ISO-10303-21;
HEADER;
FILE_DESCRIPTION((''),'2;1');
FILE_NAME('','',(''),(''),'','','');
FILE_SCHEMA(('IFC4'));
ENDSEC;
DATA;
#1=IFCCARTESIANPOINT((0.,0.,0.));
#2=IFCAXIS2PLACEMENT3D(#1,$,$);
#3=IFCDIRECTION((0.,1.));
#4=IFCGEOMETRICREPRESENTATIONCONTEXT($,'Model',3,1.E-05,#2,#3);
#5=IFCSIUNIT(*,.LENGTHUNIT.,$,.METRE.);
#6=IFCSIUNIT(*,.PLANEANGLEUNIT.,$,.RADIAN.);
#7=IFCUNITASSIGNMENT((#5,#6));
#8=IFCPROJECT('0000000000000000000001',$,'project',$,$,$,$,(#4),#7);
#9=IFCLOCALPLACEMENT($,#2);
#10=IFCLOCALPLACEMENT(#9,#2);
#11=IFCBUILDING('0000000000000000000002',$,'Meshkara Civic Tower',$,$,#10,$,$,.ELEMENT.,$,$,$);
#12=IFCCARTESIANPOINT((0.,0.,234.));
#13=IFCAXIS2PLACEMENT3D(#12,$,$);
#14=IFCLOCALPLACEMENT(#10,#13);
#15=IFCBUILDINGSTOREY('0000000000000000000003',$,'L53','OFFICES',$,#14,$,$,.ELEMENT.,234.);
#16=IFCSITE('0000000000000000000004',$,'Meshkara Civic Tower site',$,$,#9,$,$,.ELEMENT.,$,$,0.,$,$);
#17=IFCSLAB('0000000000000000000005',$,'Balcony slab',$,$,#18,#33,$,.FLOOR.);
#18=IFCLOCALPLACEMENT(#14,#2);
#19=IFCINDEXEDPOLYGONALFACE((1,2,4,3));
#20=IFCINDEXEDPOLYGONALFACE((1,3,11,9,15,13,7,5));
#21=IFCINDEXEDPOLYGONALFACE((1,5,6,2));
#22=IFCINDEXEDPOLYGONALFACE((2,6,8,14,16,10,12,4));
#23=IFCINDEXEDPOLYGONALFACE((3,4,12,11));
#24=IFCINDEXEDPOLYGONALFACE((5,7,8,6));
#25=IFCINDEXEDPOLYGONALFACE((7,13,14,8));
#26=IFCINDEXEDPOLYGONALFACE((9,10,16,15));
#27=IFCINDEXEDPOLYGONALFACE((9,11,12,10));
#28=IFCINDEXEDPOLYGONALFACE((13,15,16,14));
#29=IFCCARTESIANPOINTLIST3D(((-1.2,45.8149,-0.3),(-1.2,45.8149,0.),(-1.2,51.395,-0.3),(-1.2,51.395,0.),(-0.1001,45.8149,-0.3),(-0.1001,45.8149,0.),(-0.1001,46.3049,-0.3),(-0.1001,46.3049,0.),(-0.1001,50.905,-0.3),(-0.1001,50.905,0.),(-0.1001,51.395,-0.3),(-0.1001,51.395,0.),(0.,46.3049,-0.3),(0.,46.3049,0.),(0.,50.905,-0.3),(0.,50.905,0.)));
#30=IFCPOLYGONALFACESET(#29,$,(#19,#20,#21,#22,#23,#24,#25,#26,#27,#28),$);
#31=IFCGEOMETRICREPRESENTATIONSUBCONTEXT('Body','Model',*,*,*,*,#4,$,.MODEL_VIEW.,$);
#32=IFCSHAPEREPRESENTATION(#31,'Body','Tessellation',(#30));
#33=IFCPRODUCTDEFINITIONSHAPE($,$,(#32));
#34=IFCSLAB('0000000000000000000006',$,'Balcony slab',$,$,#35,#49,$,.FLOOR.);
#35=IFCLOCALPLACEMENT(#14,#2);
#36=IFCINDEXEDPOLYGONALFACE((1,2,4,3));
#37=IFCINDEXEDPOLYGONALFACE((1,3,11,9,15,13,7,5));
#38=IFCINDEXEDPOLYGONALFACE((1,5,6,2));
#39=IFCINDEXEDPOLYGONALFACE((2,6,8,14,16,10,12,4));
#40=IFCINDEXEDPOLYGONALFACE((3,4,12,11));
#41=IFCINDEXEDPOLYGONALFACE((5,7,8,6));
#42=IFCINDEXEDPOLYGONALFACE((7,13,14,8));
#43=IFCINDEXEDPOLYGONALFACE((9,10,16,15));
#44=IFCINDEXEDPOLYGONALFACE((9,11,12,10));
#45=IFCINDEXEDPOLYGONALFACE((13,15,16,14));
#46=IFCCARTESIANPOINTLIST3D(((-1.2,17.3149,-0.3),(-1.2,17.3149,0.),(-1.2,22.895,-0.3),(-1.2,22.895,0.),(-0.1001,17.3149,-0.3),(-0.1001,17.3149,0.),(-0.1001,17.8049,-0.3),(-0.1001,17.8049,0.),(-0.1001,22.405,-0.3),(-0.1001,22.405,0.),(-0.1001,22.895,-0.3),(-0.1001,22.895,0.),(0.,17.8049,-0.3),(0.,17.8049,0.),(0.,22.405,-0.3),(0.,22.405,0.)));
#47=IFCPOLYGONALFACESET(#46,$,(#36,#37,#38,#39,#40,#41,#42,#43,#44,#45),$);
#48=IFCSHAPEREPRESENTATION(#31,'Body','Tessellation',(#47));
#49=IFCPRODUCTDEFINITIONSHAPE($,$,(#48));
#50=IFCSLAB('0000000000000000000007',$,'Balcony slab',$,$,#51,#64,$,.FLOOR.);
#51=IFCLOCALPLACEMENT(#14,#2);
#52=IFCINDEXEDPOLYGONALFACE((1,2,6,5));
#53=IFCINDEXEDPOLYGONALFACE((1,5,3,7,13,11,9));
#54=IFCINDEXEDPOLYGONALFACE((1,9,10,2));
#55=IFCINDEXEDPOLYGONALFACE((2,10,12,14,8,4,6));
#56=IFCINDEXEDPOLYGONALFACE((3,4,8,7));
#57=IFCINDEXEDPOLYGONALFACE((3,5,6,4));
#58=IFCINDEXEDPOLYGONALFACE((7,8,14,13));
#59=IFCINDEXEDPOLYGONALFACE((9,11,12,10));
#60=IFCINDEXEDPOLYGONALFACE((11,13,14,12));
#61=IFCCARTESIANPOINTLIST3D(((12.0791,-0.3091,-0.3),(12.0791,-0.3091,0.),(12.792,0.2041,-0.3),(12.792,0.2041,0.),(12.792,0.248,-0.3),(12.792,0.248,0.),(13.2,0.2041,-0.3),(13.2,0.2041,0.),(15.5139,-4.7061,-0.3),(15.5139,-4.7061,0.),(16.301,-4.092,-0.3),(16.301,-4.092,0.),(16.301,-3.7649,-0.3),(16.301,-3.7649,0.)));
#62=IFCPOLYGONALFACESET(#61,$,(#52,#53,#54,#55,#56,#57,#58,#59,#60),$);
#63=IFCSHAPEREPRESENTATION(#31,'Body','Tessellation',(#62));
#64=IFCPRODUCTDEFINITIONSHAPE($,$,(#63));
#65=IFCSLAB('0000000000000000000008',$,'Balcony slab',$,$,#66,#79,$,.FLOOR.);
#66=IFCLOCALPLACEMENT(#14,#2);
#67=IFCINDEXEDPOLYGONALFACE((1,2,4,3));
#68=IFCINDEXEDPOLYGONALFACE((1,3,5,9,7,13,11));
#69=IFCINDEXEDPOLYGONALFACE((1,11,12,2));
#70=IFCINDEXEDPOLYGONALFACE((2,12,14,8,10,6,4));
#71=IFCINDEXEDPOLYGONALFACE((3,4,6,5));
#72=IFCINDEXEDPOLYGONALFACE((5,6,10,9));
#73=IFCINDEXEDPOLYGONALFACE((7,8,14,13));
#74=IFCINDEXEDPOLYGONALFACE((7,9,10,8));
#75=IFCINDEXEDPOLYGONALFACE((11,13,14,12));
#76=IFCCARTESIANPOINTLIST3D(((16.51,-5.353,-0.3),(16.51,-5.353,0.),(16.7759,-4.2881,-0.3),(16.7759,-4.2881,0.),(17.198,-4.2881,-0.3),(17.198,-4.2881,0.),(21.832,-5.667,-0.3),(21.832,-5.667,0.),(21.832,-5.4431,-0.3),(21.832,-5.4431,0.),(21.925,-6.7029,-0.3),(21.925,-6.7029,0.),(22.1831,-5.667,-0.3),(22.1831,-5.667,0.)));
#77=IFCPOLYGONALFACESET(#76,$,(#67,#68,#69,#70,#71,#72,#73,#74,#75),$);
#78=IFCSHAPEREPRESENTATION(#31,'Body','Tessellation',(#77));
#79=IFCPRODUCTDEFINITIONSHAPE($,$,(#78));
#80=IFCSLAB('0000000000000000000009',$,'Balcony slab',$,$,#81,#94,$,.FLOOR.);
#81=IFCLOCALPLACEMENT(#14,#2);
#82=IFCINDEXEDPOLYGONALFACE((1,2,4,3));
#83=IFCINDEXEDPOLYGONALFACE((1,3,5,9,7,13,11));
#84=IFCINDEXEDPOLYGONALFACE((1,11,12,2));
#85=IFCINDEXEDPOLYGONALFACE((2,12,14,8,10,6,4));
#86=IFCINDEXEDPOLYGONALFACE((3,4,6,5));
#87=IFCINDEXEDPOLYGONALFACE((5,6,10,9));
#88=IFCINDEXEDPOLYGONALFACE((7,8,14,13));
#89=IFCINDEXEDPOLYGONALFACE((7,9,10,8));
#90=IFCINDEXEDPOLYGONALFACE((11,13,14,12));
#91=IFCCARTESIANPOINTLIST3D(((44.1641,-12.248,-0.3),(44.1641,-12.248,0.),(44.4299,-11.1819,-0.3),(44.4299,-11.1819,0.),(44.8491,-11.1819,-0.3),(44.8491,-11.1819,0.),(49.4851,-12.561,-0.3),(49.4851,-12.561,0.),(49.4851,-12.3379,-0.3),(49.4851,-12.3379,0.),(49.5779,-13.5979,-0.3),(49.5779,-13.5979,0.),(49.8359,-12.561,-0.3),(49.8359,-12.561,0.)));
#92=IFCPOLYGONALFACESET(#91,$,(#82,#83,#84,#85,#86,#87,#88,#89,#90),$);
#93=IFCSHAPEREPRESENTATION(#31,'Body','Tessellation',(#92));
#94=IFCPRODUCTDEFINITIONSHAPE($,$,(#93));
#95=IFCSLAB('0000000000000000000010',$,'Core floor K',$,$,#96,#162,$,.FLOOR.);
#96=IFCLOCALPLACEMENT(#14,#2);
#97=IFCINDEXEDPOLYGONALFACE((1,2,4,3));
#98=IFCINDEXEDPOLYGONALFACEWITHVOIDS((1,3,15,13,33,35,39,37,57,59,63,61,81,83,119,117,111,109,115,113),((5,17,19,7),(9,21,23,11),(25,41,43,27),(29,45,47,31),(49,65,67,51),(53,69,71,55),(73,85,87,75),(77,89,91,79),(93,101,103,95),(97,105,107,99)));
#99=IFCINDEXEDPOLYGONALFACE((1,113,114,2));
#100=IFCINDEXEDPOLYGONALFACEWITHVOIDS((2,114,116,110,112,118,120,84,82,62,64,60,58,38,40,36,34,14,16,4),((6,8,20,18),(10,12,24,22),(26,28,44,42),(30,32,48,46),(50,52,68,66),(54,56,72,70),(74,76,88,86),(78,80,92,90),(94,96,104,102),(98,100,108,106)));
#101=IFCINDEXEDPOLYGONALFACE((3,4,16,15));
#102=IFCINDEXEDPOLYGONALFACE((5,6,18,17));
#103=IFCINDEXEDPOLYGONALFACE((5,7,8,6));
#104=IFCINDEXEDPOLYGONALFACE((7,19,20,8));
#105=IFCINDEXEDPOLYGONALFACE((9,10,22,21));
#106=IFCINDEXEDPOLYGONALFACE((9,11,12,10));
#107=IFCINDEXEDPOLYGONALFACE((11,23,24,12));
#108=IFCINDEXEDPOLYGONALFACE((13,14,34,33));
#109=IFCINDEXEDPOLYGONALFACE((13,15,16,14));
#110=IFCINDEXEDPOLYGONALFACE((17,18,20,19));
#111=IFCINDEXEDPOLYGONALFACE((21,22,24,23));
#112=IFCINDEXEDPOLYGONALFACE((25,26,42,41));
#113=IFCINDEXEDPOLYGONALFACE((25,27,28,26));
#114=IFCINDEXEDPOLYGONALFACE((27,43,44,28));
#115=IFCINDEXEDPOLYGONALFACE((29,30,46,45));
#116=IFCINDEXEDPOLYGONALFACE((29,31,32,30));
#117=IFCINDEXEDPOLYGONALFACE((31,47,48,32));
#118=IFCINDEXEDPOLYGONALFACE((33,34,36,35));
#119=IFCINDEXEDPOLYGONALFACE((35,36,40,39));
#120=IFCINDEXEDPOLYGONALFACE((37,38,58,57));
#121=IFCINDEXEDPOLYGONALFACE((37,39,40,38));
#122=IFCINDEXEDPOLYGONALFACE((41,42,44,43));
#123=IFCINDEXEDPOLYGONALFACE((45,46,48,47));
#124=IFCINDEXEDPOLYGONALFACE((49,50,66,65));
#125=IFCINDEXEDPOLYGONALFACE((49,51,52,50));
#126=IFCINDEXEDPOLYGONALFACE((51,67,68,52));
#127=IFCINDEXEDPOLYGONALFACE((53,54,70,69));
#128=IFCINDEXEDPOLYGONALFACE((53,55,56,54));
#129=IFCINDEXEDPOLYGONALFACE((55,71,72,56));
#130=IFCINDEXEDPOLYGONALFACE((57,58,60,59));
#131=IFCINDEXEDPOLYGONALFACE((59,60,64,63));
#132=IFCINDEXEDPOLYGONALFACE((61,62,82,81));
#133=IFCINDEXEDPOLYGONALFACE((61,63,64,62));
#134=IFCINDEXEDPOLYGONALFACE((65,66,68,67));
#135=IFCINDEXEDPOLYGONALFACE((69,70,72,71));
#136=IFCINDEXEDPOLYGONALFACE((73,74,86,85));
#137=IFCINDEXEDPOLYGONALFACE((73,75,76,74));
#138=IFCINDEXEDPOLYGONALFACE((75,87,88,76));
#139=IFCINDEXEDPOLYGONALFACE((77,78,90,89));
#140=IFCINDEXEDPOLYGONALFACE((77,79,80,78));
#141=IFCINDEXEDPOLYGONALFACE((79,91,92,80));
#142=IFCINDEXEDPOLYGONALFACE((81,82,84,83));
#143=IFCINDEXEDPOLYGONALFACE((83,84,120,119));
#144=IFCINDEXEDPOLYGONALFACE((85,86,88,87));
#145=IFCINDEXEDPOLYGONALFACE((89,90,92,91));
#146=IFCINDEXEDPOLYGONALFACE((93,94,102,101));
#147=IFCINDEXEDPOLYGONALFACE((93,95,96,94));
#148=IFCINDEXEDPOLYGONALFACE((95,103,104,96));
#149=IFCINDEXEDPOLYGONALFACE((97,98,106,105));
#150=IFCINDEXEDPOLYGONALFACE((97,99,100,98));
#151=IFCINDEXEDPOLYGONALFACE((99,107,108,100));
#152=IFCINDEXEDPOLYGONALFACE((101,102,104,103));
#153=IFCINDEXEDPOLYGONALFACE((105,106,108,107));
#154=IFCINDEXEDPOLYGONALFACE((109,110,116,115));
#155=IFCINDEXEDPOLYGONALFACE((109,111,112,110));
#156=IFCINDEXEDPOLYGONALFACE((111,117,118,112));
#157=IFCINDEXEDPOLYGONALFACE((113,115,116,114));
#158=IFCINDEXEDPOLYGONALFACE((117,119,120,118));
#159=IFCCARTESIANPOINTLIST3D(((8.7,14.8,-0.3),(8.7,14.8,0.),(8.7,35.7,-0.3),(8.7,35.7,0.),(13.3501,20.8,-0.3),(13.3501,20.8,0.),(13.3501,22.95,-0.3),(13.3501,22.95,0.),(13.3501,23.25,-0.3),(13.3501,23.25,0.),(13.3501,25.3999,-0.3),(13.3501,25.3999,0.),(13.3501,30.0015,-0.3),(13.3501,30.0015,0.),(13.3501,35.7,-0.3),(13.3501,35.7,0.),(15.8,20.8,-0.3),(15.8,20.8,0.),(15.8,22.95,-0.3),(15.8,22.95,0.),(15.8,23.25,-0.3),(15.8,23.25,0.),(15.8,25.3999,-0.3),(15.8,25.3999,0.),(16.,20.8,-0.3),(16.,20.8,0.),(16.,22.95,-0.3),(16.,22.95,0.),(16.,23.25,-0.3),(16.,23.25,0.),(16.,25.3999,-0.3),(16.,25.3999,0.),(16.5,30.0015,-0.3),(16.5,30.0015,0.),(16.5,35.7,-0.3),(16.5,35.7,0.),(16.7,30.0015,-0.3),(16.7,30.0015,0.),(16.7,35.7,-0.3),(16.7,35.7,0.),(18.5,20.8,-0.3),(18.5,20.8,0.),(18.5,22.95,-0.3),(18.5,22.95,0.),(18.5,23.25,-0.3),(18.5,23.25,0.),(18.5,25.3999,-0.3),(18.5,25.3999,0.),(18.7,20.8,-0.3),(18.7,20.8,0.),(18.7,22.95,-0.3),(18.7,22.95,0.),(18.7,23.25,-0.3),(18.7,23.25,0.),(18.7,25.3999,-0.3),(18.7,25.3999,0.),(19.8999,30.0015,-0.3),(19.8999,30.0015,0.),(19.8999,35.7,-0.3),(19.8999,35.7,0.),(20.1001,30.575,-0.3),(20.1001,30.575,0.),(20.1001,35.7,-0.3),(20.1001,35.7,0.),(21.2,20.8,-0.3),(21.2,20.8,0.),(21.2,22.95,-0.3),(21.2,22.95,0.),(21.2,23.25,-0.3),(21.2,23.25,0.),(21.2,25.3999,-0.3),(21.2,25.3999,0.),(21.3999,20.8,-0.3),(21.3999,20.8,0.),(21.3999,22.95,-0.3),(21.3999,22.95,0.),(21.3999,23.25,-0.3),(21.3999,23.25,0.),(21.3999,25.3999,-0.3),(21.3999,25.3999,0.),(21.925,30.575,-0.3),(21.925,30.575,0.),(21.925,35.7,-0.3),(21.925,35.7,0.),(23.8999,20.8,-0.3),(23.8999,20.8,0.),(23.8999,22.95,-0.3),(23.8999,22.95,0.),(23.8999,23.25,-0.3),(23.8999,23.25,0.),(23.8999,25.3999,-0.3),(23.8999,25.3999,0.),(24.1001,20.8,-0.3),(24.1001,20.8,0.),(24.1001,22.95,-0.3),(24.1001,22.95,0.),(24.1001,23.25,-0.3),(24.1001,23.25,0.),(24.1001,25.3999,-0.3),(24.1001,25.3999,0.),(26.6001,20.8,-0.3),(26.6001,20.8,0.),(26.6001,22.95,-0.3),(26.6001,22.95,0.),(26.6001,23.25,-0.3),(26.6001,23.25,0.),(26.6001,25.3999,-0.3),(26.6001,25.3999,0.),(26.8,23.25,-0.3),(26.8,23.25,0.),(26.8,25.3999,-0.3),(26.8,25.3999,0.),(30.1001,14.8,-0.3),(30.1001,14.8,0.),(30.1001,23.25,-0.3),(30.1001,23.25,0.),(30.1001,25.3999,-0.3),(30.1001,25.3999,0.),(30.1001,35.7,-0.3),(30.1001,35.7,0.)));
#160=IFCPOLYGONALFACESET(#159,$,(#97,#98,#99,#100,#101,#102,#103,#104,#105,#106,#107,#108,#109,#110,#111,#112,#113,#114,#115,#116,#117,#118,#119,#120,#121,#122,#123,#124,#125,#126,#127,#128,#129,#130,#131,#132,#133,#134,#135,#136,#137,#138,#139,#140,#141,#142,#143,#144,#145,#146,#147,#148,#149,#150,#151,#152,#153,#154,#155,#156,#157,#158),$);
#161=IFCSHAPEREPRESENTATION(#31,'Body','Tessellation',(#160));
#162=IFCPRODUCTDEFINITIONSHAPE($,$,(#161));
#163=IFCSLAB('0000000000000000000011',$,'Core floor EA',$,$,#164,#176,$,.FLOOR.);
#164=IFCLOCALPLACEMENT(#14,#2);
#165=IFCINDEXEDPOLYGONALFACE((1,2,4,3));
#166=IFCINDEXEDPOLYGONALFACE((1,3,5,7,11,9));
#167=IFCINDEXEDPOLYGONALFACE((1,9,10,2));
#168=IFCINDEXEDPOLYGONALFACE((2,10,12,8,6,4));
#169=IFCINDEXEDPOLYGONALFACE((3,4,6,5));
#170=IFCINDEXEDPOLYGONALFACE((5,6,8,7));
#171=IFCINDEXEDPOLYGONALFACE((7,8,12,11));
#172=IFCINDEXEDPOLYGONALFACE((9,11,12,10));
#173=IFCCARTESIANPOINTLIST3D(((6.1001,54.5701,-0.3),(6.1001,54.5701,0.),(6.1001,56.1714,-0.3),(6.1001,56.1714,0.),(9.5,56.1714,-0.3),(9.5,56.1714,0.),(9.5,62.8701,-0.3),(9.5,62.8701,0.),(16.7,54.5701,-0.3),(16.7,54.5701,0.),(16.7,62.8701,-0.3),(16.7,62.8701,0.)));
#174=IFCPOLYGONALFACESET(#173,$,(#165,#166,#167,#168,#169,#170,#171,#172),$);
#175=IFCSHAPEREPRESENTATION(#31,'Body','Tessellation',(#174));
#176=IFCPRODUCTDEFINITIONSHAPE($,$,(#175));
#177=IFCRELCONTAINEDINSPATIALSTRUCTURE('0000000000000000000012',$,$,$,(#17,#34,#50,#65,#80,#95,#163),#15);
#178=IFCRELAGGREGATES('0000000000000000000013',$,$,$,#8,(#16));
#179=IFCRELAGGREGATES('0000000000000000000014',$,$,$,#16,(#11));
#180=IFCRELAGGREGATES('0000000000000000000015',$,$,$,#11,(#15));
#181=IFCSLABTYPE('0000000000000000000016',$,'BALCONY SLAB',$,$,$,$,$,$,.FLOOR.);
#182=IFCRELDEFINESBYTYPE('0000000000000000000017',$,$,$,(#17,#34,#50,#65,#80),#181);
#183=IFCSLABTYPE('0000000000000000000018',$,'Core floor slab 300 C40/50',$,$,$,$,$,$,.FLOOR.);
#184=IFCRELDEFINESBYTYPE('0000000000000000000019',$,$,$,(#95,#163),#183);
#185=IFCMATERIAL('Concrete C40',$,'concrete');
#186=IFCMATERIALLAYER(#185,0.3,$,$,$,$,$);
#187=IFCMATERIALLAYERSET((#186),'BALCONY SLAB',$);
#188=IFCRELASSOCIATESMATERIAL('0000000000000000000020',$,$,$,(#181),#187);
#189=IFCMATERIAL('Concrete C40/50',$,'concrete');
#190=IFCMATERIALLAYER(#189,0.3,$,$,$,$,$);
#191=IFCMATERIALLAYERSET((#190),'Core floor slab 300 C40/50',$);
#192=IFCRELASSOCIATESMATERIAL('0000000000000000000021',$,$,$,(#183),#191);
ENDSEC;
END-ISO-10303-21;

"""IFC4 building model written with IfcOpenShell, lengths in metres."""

from ifc_helpers import new_model, si_unit, direction, frame, origin, place, context, subcontext, project, spatial, polyline, outline, extrude, material, layer, layer_set, type_object, element, save


model = new_model("IFC4")

# Units and contexts
model_context = context("Model", 3, precision=1e-05, world=origin(), true_north=direction((0.0, 1.0)))
body_context = subcontext(model_context, "Body", "Model", "MODEL_VIEW")
ifc_project = project(units=[si_unit("LENGTHUNIT", "METRE"), si_unit("PLANEANGLEUNIT", "RADIAN")], contexts=[model_context])

# Site, building, storey
site_placement = place(None, origin())
site = spatial("IfcSite", under=ifc_project, at=site_placement, Name="Meshkara Civic Tower site", CompositionType="ELEMENT", RefElevation=0.0)
building_placement = place(site_placement, origin())
building = spatial("IfcBuilding", under=site, at=building_placement, Name="Meshkara Civic Tower", CompositionType="ELEMENT")
storey_placement = place(building_placement, frame((0.0, 0.0, 234.0)))
storey = spatial("IfcBuildingStorey", under=building, at=storey_placement, Name="L53", Description="OFFICES", CompositionType="ELEMENT", Elevation=234.0)

# Slabs
ifc_material_1 = material(Name="Concrete C40", Category="concrete")
ifc_layer_1 = layer(ifc_material_1, 0.3)
ifc_layer_set_1 = layer_set([ifc_layer_1], Name="BALCONY SLAB")
slab_type_1 = type_object("IfcSlabType", Name="BALCONY SLAB", PredefinedType="FLOOR", material=ifc_layer_set_1)
slab_1_placement = place(storey_placement, frame((0.0, 0.0, -0.3)))
element("IfcSlab", 1, at=slab_1_placement, inside=storey, type_object=slab_type_1, Name="Balcony slab", PredefinedType="FLOOR", context=body_context, shape_type="SweptSolid", body=[
    extrude(outline(polyline([(-1.2, 45.8149), (-1.2, 51.395), (-0.1001, 51.395), (-0.1001, 50.905), (0.0, 50.905), (0.0, 46.3049), (-0.1001, 46.3049), (-0.1001, 45.8149), (-1.2, 45.8149)])), origin(), (0.0, 0.0, 1.0), 0.3),
])
slab_2_placement = place(storey_placement, frame((0.0, 0.0, -0.3)))
element("IfcSlab", 2, at=slab_2_placement, inside=storey, type_object=slab_type_1, Name="Balcony slab", PredefinedType="FLOOR", context=body_context, shape_type="SweptSolid", body=[
    extrude(outline(polyline([(-1.2, 17.3149), (-1.2, 22.895), (-0.1001, 22.895), (-0.1001, 22.405), (0.0, 22.405), (0.0, 17.8049), (-0.1001, 17.8049), (-0.1001, 17.3149), (-1.2, 17.3149)])), origin(), (0.0, 0.0, 1.0), 0.3),
])
slab_3_placement = place(storey_placement, frame((0.0, 0.0, -0.3)))
element("IfcSlab", 3, at=slab_3_placement, inside=storey, type_object=slab_type_1, Name="Balcony slab", PredefinedType="FLOOR", context=body_context, shape_type="SweptSolid", body=[
    extrude(outline(polyline([(15.5139, -4.7061), (12.0791, -0.3091), (12.792, 0.248), (12.792, 0.2041), (13.2, 0.2041), (16.301, -3.7649), (16.301, -4.092), (15.5139, -4.7061)])), origin(), (0.0, 0.0, 1.0), 0.3),
])
slab_4_placement = place(storey_placement, frame((0.0, 0.0, -0.3)))
element("IfcSlab", 4, at=slab_4_placement, inside=storey, type_object=slab_type_1, Name="Balcony slab", PredefinedType="FLOOR", context=body_context, shape_type="SweptSolid", body=[
    extrude(outline(polyline([(21.925, -6.7029), (16.51, -5.353), (16.7759, -4.2881), (17.198, -4.2881), (21.832, -5.4431), (21.832, -5.667), (22.1831, -5.667), (21.925, -6.7029)])), origin(), (0.0, 0.0, 1.0), 0.3),
])
slab_5_placement = place(storey_placement, frame((0.0, 0.0, -0.3)))
element("IfcSlab", 5, at=slab_5_placement, inside=storey, type_object=slab_type_1, Name="Balcony slab", PredefinedType="FLOOR", context=body_context, shape_type="SweptSolid", body=[
    extrude(outline(polyline([(49.5779, -13.5979), (44.1641, -12.248), (44.4299, -11.1819), (44.8491, -11.1819), (49.4851, -12.3379), (49.4851, -12.561), (49.8359, -12.561), (49.5779, -13.5979)])), origin(), (0.0, 0.0, 1.0), 0.3),
])
ifc_material_2 = material(Name="Concrete C40/50", Category="concrete")
ifc_layer_2 = layer(ifc_material_2, 0.3)
ifc_layer_set_2 = layer_set([ifc_layer_2], Name="Core floor slab 300 C40/50")
slab_type_2 = type_object("IfcSlabType", Name="Core floor slab 300 C40/50", PredefinedType="FLOOR", material=ifc_layer_set_2)
slab_6_placement = place(storey_placement, frame((0.0, 0.0, -0.3)))
element("IfcSlab", 6, at=slab_6_placement, inside=storey, type_object=slab_type_2, Name="Core floor K", PredefinedType="FLOOR", context=body_context, shape_type="SweptSolid", body=[
    extrude(outline(polyline([(8.7, 35.7), (13.3501, 35.7), (13.3501, 30.0015), (16.5, 30.0015), (16.5, 35.7), (16.7, 35.7), (16.7, 30.0015), (19.8999, 30.0015), (19.8999, 35.7), (20.1001, 35.7), (20.1001, 30.575), (21.925, 30.575), (21.925, 35.7), (30.1001, 35.7), (30.1001, 25.3999), (26.8, 25.3999), (26.8, 23.25), (30.1001, 23.25), (30.1001, 14.8), (8.7, 14.8), (8.7, 35.7)]), holes=[polyline([(15.8, 22.95), (13.3501, 22.95), (13.3501, 20.8), (15.8, 20.8), (15.8, 22.95)]), polyline([(16.0, 22.95), (16.0, 20.8), (18.5, 20.8), (18.5, 22.95), (16.0, 22.95)]), polyline([(18.7, 22.95), (18.7, 20.8), (21.2, 20.8), (21.2, 22.95), (18.7, 22.95)]), polyline([(15.8, 23.25), (15.8, 25.3999), (13.3501, 25.3999), (13.3501, 23.25), (15.8, 23.25)]), polyline([(16.0, 25.3999), (16.0, 23.25), (18.5, 23.25), (18.5, 25.3999), (16.0, 25.3999)]), polyline([(21.3999, 20.8), (23.8999, 20.8), (23.8999, 22.95), (21.3999, 22.95), (21.3999, 20.8)]), polyline([(24.1001, 20.8), (26.6001, 20.8), (26.6001, 22.95), (24.1001, 22.95), (24.1001, 20.8)]), polyline([(18.7, 25.3999), (18.7, 23.25), (21.2, 23.25), (21.2, 25.3999), (18.7, 25.3999)]), polyline([(21.3999, 25.3999), (21.3999, 23.25), (23.8999, 23.25), (23.8999, 25.3999), (21.3999, 25.3999)]), polyline([(24.1001, 23.25), (26.6001, 23.25), (26.6001, 25.3999), (24.1001, 25.3999), (24.1001, 23.25)])]), origin(), (0.0, 0.0, 1.0), 0.3),
])
slab_7_placement = place(storey_placement, frame((0.0, 0.0, -0.3)))
element("IfcSlab", 7, at=slab_7_placement, inside=storey, type_object=slab_type_2, Name="Core floor EA", PredefinedType="FLOOR", context=body_context, shape_type="SweptSolid", body=[
    extrude(outline(polyline([(16.7, 54.5701), (16.7, 62.8701), (9.5, 62.8701), (9.5, 56.1714), (6.1001, 56.1714), (6.1001, 54.5701), (16.7, 54.5701)])), origin(), (0.0, 0.0, 1.0), 0.3),
])

save(model, "model.ifc")
